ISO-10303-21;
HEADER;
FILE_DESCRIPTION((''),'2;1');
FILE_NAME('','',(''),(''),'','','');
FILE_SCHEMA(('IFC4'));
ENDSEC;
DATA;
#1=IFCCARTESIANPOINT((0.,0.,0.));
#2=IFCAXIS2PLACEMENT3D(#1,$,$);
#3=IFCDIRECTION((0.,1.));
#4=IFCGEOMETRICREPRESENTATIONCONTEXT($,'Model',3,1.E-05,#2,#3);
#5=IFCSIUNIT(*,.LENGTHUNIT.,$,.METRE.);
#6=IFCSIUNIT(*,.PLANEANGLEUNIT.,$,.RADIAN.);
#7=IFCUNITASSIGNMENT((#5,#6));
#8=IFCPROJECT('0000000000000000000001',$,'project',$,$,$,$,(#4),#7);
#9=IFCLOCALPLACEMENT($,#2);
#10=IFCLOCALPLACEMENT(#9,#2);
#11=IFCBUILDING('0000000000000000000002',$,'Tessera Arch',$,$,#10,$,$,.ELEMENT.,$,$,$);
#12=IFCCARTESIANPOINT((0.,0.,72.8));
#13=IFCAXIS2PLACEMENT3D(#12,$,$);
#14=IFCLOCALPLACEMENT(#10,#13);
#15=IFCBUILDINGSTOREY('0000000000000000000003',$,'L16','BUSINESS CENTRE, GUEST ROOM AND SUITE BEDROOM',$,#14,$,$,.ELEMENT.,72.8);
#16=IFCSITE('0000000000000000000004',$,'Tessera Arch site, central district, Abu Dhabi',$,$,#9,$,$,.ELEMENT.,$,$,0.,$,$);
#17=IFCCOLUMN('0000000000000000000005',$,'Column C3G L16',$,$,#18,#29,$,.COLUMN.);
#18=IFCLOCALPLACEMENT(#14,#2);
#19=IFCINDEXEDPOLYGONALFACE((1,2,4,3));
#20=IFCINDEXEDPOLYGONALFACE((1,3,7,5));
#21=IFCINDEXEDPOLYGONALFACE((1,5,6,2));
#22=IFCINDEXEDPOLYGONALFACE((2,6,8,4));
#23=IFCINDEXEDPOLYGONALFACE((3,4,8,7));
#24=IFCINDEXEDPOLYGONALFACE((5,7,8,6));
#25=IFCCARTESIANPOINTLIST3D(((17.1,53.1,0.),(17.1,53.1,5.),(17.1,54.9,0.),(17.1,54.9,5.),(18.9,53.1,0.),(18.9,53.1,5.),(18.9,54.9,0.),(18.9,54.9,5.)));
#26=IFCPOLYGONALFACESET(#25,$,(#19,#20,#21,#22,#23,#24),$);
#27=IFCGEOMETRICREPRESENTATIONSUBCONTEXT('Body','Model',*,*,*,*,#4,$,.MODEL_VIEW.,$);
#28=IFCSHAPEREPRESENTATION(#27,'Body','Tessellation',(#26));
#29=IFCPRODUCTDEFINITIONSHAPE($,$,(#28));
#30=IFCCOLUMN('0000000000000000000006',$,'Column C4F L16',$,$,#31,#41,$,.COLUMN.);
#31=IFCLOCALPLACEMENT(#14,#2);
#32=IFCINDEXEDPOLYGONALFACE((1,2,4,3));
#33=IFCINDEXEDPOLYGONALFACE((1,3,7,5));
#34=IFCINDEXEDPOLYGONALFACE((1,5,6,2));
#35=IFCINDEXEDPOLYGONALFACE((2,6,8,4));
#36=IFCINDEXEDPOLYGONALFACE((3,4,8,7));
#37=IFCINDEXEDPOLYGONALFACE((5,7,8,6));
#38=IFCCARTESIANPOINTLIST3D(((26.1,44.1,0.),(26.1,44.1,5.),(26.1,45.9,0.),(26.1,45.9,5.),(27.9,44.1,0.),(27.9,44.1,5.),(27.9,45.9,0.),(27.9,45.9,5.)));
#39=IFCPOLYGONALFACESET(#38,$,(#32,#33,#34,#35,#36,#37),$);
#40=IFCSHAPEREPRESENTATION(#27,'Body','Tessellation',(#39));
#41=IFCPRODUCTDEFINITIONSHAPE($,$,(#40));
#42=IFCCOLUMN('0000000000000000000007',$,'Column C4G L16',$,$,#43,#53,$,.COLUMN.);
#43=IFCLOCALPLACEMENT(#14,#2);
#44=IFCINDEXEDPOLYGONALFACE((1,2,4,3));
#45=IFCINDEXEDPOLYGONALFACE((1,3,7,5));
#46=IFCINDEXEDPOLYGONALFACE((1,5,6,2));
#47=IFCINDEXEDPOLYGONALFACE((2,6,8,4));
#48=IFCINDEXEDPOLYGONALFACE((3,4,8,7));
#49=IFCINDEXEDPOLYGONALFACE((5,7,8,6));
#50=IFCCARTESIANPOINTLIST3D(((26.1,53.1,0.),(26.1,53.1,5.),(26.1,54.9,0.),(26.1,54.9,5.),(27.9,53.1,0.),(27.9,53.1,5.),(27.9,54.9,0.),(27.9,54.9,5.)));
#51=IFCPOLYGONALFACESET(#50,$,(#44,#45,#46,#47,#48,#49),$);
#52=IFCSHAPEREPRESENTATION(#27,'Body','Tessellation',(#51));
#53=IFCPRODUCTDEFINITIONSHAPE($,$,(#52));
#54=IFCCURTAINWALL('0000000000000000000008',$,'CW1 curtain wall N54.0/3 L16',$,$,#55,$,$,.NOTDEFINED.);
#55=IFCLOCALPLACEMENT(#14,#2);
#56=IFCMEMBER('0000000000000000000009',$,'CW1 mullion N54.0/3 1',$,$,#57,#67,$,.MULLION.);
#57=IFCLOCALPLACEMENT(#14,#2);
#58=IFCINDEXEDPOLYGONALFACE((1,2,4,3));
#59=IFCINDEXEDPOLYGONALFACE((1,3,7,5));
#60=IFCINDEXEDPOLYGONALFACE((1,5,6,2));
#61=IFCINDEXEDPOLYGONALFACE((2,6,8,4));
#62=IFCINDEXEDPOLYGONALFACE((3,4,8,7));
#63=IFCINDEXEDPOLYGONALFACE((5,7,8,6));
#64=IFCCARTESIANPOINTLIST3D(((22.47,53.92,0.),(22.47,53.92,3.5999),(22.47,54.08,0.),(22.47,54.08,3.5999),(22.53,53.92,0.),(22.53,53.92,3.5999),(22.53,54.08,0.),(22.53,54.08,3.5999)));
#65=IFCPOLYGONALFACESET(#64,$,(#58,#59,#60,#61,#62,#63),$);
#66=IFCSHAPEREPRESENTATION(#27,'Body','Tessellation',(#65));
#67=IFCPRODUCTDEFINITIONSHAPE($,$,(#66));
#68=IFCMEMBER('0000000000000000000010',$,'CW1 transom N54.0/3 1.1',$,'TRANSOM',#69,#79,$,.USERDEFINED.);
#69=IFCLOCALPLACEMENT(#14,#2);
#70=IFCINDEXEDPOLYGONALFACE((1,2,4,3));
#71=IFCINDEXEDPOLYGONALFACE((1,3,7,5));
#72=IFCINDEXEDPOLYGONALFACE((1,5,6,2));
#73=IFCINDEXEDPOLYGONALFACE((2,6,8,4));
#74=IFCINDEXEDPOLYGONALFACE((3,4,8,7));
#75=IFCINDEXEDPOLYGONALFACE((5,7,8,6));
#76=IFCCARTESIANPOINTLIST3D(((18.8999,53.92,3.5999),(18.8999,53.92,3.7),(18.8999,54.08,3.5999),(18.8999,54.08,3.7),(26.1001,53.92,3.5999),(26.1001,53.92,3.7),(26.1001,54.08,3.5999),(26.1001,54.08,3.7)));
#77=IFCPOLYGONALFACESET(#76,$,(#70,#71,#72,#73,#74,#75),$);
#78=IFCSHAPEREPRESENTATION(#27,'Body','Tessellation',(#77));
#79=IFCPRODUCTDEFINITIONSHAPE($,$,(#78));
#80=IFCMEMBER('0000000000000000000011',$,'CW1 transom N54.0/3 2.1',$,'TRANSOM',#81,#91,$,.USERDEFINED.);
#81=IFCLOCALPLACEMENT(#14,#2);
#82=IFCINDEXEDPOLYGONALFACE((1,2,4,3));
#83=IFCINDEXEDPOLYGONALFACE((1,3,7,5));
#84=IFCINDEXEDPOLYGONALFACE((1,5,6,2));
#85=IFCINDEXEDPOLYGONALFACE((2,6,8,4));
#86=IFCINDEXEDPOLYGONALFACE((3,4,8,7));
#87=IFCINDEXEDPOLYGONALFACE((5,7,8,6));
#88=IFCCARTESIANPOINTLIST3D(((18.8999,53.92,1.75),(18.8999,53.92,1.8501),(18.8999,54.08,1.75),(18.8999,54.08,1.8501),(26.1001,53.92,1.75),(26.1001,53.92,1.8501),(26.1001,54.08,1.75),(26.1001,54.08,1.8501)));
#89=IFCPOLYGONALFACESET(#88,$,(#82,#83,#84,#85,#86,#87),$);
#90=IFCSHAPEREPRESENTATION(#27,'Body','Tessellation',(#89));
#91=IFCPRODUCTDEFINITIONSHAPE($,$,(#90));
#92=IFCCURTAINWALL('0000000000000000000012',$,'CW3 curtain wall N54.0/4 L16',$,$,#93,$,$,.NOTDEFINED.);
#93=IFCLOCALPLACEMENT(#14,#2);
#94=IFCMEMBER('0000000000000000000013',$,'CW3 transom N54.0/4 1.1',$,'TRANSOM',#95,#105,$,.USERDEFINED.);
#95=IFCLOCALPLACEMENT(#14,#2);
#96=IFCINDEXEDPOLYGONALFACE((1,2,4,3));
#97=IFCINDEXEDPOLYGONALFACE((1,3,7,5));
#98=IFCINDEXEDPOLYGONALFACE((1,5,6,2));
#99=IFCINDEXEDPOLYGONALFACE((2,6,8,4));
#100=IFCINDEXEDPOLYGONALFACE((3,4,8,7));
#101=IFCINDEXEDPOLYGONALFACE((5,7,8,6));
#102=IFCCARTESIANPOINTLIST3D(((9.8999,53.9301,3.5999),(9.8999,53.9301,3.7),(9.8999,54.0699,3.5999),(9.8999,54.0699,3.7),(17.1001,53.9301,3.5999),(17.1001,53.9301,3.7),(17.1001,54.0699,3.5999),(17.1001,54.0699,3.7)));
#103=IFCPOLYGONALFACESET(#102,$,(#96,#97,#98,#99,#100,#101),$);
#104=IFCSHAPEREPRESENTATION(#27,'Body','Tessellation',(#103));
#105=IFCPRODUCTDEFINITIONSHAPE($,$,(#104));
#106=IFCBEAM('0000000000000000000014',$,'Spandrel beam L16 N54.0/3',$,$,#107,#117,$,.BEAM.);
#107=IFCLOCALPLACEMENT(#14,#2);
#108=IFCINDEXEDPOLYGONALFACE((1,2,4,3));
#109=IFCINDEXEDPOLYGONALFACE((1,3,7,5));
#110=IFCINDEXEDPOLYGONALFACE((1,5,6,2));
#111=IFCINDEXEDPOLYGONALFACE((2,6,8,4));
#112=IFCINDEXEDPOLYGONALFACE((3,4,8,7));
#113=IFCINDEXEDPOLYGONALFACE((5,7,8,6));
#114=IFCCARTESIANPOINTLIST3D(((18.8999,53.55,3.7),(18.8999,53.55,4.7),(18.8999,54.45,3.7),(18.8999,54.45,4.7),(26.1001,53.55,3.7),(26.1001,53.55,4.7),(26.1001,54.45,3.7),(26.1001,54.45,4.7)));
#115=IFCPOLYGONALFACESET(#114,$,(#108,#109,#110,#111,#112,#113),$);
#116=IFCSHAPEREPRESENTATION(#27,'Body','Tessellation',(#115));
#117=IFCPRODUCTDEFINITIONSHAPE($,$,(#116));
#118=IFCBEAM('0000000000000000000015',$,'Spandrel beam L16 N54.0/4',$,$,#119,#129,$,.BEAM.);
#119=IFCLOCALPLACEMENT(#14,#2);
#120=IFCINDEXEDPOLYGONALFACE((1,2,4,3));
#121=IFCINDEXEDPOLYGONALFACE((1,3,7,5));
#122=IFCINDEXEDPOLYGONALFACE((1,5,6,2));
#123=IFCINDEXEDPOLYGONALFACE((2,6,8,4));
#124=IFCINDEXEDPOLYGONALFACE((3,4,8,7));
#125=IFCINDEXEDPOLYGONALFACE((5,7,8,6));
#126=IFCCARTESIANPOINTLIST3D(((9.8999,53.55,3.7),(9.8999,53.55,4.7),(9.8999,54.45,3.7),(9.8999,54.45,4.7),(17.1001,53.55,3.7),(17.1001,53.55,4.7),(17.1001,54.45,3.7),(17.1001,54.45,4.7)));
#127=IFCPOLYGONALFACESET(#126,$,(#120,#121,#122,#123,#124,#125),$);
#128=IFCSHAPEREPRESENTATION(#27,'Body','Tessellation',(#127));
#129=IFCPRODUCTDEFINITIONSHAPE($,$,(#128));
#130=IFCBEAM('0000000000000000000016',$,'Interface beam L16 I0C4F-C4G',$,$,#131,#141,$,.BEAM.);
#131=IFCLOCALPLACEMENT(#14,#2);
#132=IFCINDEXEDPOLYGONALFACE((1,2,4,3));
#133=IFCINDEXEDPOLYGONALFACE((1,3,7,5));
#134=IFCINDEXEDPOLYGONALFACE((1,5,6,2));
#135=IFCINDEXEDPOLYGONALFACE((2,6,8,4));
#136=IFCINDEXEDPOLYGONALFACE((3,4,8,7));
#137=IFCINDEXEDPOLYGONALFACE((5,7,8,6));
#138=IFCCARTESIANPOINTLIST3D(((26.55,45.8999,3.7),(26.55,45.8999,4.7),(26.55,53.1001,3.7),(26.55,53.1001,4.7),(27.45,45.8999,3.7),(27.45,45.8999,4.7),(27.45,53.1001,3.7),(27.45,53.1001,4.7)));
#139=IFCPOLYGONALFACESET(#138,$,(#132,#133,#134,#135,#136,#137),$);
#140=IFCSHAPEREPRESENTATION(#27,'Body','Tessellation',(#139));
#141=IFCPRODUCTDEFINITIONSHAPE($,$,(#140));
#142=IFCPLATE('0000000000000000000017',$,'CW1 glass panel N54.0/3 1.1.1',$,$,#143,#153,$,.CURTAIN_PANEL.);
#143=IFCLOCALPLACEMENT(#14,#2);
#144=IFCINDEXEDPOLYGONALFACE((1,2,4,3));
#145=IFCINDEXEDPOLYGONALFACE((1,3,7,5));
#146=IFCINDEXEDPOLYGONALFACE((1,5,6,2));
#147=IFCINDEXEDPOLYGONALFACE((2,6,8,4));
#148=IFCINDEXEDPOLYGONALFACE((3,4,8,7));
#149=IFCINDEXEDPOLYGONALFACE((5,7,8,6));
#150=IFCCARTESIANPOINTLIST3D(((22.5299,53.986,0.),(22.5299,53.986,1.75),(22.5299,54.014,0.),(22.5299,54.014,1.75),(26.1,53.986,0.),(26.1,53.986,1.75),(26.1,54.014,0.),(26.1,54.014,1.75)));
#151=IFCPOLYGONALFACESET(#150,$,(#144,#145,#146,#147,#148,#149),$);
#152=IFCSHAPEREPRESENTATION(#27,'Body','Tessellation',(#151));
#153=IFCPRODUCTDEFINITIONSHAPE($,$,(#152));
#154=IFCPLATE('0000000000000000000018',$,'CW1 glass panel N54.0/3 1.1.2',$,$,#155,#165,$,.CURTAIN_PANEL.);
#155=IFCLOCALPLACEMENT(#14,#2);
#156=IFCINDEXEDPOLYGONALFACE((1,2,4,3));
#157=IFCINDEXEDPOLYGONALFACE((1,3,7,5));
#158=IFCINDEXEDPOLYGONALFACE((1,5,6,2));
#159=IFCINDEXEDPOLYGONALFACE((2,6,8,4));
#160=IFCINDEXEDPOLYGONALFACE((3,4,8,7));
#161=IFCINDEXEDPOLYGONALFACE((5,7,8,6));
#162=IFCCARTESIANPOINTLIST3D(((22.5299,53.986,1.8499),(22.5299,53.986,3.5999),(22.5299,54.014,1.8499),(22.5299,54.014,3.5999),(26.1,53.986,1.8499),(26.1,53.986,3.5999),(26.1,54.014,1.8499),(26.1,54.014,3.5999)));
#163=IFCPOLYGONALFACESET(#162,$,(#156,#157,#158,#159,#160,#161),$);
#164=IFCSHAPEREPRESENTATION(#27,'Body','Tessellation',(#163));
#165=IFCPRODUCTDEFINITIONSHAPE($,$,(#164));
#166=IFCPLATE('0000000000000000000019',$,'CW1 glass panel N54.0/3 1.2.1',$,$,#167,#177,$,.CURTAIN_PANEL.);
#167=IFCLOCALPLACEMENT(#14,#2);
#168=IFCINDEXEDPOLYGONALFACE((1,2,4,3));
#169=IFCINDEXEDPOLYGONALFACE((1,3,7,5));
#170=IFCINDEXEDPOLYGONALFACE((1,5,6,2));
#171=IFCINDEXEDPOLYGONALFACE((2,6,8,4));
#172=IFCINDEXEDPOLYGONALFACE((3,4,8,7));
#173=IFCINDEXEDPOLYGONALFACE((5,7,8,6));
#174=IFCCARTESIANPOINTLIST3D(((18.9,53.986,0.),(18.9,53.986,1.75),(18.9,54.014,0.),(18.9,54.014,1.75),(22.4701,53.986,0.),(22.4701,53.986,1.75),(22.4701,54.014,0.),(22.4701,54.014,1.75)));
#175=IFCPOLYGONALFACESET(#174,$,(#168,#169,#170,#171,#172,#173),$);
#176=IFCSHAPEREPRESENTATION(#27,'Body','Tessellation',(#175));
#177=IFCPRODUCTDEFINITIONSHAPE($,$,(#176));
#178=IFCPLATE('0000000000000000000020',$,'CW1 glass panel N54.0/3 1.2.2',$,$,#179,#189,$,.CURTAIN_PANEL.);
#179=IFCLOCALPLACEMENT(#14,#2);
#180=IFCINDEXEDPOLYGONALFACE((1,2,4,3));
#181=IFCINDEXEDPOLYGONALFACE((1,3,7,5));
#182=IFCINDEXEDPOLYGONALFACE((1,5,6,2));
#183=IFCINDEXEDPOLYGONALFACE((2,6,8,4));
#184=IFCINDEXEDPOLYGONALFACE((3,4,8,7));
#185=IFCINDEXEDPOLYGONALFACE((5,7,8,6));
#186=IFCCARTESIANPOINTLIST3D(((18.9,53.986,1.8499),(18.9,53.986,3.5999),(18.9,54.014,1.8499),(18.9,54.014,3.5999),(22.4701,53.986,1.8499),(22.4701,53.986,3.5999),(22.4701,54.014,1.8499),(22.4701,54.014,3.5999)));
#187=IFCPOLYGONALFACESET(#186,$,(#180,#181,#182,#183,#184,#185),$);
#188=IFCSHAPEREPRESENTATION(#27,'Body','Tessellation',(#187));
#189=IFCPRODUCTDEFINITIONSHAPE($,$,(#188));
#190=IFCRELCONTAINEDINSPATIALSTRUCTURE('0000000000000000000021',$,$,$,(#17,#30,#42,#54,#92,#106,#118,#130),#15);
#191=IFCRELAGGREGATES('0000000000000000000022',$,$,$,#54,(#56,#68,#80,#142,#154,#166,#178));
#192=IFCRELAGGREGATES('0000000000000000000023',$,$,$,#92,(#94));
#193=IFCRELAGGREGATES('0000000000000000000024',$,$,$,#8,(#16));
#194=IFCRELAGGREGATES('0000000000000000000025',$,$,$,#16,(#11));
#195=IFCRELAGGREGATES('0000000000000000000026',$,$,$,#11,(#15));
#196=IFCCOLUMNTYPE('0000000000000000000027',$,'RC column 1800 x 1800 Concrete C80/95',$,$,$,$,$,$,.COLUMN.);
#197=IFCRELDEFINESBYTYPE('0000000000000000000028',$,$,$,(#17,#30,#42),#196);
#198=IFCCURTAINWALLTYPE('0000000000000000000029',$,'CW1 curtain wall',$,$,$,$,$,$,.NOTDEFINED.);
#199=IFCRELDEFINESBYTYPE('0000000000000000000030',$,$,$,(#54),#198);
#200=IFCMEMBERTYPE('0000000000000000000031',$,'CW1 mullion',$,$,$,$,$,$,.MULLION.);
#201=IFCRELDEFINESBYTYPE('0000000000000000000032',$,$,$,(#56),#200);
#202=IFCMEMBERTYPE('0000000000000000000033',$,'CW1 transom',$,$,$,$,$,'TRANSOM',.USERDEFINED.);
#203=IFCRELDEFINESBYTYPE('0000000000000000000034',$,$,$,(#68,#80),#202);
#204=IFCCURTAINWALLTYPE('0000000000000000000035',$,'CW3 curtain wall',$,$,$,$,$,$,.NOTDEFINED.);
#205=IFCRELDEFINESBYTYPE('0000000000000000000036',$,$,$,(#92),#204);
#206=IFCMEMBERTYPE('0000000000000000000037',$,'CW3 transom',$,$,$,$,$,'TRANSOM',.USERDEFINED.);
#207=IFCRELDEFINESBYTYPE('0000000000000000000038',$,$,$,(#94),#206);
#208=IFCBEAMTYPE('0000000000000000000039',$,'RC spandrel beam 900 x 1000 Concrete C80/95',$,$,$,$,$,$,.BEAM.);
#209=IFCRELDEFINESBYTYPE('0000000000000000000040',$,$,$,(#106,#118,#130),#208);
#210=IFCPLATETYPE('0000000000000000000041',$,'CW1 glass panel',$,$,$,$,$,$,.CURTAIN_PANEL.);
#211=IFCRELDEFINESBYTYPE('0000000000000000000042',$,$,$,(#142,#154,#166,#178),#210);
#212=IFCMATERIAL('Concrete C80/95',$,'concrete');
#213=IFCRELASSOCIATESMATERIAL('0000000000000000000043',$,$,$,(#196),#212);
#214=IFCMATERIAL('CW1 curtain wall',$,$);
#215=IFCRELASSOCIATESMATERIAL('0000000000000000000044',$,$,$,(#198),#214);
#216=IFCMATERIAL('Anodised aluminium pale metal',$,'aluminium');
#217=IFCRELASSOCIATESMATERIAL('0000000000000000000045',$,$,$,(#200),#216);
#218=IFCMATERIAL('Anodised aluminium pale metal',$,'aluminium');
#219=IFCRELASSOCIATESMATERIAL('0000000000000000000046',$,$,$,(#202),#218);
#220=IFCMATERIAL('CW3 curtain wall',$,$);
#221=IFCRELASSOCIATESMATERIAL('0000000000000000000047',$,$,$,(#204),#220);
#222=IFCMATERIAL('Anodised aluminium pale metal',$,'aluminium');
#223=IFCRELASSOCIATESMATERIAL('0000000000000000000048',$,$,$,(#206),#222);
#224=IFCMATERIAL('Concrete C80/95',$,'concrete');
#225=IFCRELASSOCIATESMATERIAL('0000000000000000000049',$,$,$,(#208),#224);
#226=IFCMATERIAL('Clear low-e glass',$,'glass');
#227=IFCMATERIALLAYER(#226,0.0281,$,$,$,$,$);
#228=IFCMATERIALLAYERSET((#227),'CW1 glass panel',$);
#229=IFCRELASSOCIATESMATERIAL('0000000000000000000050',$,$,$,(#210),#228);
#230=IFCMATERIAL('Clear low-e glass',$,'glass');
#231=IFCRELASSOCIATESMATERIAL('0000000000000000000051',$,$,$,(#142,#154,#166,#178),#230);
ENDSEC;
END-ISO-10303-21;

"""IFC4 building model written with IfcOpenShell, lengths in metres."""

from ifc_helpers import new_model, si_unit, direction, frame, origin, origin_2d, place, context, subcontext, project, spatial, rectangle, extrude, material, layer, layer_set, material_profile, profile_set, type_object, element, aggregate, save


model = new_model("IFC4")

# Units and contexts
model_context = context("Model", 3, precision=1e-05, world=origin(), true_north=direction((0.0, 1.0)))
body_context = subcontext(model_context, "Body", "Model", "MODEL_VIEW")
ifc_project = project(units=[si_unit("LENGTHUNIT", "METRE"), si_unit("PLANEANGLEUNIT", "RADIAN")], contexts=[model_context])

# Site, building, storey
site_placement = place(None, origin())
site = spatial("IfcSite", under=ifc_project, at=site_placement, Name="Tessera Arch site, central district, Abu Dhabi", CompositionType="ELEMENT", RefElevation=0.0)
building_placement = place(site_placement, origin())
building = spatial("IfcBuilding", under=site, at=building_placement, Name="Tessera Arch", CompositionType="ELEMENT")
storey_placement = place(building_placement, frame((0.0, 0.0, 72.8)))
storey = spatial("IfcBuildingStorey", under=building, at=storey_placement, Name="L16", Description="BUSINESS CENTRE, GUEST ROOM AND SUITE BEDROOM", CompositionType="ELEMENT", Elevation=72.8)

# Columns
ifc_material_1 = material(Name="Concrete C80/95", Category="concrete")
ifc_material_profile_1 = material_profile(ifc_material_1, rectangle(XDim=1.8, YDim=1.8, at=origin_2d()), Name="RC column 1800 x 1800 Concrete C80/95")
ifc_profile_set_1 = profile_set([ifc_material_profile_1], Name="Concrete C80/95")
column_type = type_object("IfcColumnType", Name="RC column 1800 x 1800 Concrete C80/95", PredefinedType="COLUMN", material=ifc_profile_set_1)
for number, where, z_axis, x_axis, name in (
    (1, (18.0, 54.0, 0.0), (0.0, 0.0, 1.0), (1.0, 0.0, 0.0), "Column C3G L16"),
    (2, (27.0, 45.0, 0.0), (0.0, 0.0, 1.0), (1.0, 0.0, 0.0), "Column C4F L16"),
    (3, (27.0, 54.0, 0.0), (0.0, 0.0, 1.0), (1.0, 0.0, 0.0), "Column C4G L16"),
):
    element("IfcColumn", number, at=place(storey_placement, frame(where, z_axis=z_axis, x_axis=x_axis)), inside=storey, type_object=column_type, Name=name, PredefinedType="COLUMN", context=body_context, shape_type="SweptSolid", body=[
        extrude(rectangle(XDim=1.8, YDim=1.8, at=origin_2d()), origin(), (0.0, 0.0, 1.0), 5.0),
    ])

# Curtain wall, members
ifc_material_2 = material(Name="CW1 curtain wall")
curtain_wall_type_1 = type_object("IfcCurtainWallType", Name="CW1 curtain wall", PredefinedType="NOTDEFINED", material=ifc_material_2)
curtain_wall_1_placement = place(storey_placement, origin())
curtain_wall_1 = element("IfcCurtainWall", 4, at=curtain_wall_1_placement, inside=storey, type_object=curtain_wall_type_1, Name="CW1 curtain wall N54.0/3 L16", PredefinedType="NOTDEFINED")
ifc_material_3 = material(Name="Anodised aluminium pale metal", Category="aluminium")
ifc_material_profile_2 = material_profile(ifc_material_3, rectangle(XDim=0.1599, YDim=0.0601, at=origin_2d()), Name="AL 60x160")
ifc_profile_set_2 = profile_set([ifc_material_profile_2], Name="Anodised aluminium pale metal")
member_type_1 = type_object("IfcMemberType", Name="CW1 mullion", PredefinedType="MULLION", material=ifc_profile_set_2)
member_1_placement = place(storey_placement, frame((22.5, 54.0, 0.0), z_axis=(0.0, 0.0, 1.0), x_axis=(0.0, -1.0, 0.0)))
member_1 = element("IfcMember", 5, at=member_1_placement, type_object=member_type_1, Name="CW1 mullion N54.0/3 1", PredefinedType="MULLION", context=body_context, shape_type="SweptSolid", body=[
    extrude(rectangle(XDim=0.1599, YDim=0.0601, at=origin_2d()), origin(), (0.0, 0.0, 1.0), 3.5999),
])
ifc_material_4 = material(Name="Anodised aluminium pale metal", Category="aluminium")
ifc_material_profile_3 = material_profile(ifc_material_4, rectangle(XDim=0.1599, YDim=0.1001, at=origin_2d()), Name="AL 160x100")
ifc_profile_set_3 = profile_set([ifc_material_profile_3], Name="Anodised aluminium pale metal")
member_type_2 = type_object("IfcMemberType", Name="CW1 transom", ElementType="TRANSOM", PredefinedType="USERDEFINED", material=ifc_profile_set_3)
member_2_placement = place(storey_placement, frame((26.1001, 54.0, 3.6499), z_axis=(-1.0, 0.0, 0.0), x_axis=(0.0, -1.0, 0.0)))
member_2 = element("IfcMember", 6, at=member_2_placement, type_object=member_type_2, Name="CW1 transom N54.0/3 1.1", ObjectType="TRANSOM", PredefinedType="USERDEFINED", context=body_context, shape_type="SweptSolid", body=[
    extrude(rectangle(XDim=0.1599, YDim=0.1001, at=origin_2d()), origin(), (0.0, 0.0, 1.0), 7.2002),
])
member_3_placement = place(storey_placement, frame((26.1001, 54.0, 1.8), z_axis=(-1.0, 0.0, 0.0), x_axis=(0.0, -1.0, 0.0)))
member_3 = element("IfcMember", 7, at=member_3_placement, type_object=member_type_2, Name="CW1 transom N54.0/3 2.1", ObjectType="TRANSOM", PredefinedType="USERDEFINED", context=body_context, shape_type="SweptSolid", body=[
    extrude(rectangle(XDim=0.1599, YDim=0.1001, at=origin_2d()), origin(), (0.0, 0.0, 1.0), 7.2002),
])

# Curtain wall, member
ifc_material_5 = material(Name="CW3 curtain wall")
curtain_wall_type_2 = type_object("IfcCurtainWallType", Name="CW3 curtain wall", PredefinedType="NOTDEFINED", material=ifc_material_5)
curtain_wall_2_placement = place(storey_placement, origin())
curtain_wall_2 = element("IfcCurtainWall", 8, at=curtain_wall_2_placement, inside=storey, type_object=curtain_wall_type_2, Name="CW3 curtain wall N54.0/4 L16", PredefinedType="NOTDEFINED")
ifc_material_6 = material(Name="Anodised aluminium pale metal", Category="aluminium")
ifc_material_profile_4 = material_profile(ifc_material_6, rectangle(XDim=0.1399, YDim=0.1001, at=origin_2d()), Name="AL 140x100")
ifc_profile_set_4 = profile_set([ifc_material_profile_4], Name="Anodised aluminium pale metal")
member_type_3 = type_object("IfcMemberType", Name="CW3 transom", ElementType="TRANSOM", PredefinedType="USERDEFINED", material=ifc_profile_set_4)
member_4_placement = place(storey_placement, frame((17.1001, 54.0, 3.6499), z_axis=(-1.0, 0.0, 0.0), x_axis=(0.0, -1.0, 0.0)))
member_4 = element("IfcMember", 9, at=member_4_placement, type_object=member_type_3, Name="CW3 transom N54.0/4 1.1", ObjectType="TRANSOM", PredefinedType="USERDEFINED", context=body_context, shape_type="SweptSolid", body=[
    extrude(rectangle(XDim=0.1399, YDim=0.1001, at=origin_2d()), origin(), (0.0, 0.0, 1.0), 7.2002),
])

# Beams
ifc_material_7 = material(Name="Concrete C80/95", Category="concrete")
ifc_material_profile_5 = material_profile(ifc_material_7, rectangle(XDim=0.8999, YDim=1.0, at=origin_2d()), Name="RC spandrel beam 900 x 1000 Concrete C80/95")
ifc_profile_set_5 = profile_set([ifc_material_profile_5], Name="Concrete C80/95")
beam_type = type_object("IfcBeamType", Name="RC spandrel beam 900 x 1000 Concrete C80/95", PredefinedType="BEAM", material=ifc_profile_set_5)
for number, where, z_axis, x_axis, name in (
    (10, (26.1001, 54.0, 4.2), (-1.0, 0.0, 0.0), (0.0, -1.0, 0.0), "Spandrel beam L16 N54.0/3"),
    (11, (17.1001, 54.0, 4.2), (-1.0, 0.0, 0.0), (0.0, -1.0, 0.0), "Spandrel beam L16 N54.0/4"),
    (12, (27.0, 45.8999, 4.2), (0.0, 1.0, 0.0), (-1.0, 0.0, 0.0), "Interface beam L16 I0C4F-C4G"),
):
    element("IfcBeam", number, at=place(storey_placement, frame(where, z_axis=z_axis, x_axis=x_axis)), inside=storey, type_object=beam_type, Name=name, PredefinedType="BEAM", context=body_context, shape_type="SweptSolid", body=[
        extrude(rectangle(XDim=0.8999, YDim=1.0, at=origin_2d()), origin(), (0.0, 0.0, 1.0), 7.2002),
    ])

# Plates
ifc_material_8 = material(Name="Clear low-e glass", Category="glass")
ifc_material_9 = material(Name="Clear low-e glass", Category="glass")
ifc_layer_1 = layer(ifc_material_9, 0.0281)
ifc_layer_set_1 = layer_set([ifc_layer_1], Name="CW1 glass panel")
plate_type_1 = type_object("IfcPlateType", Name="CW1 glass panel", PredefinedType="CURTAIN_PANEL", material=ifc_layer_set_1)
plate_1_placement = place(storey_placement, frame((24.3149, 54.0, 0.0), z_axis=(0.0, 0.0, 1.0), x_axis=(-1.0, 0.0, 0.0)))
plate_1 = element("IfcPlate", 13, at=plate_1_placement, type_object=plate_type_1, material=ifc_material_8, Name="CW1 glass panel N54.0/3 1.1.1", PredefinedType="CURTAIN_PANEL", context=body_context, shape_type="SweptSolid", body=[
    extrude(rectangle(XDim=3.5701, YDim=0.0281, at=origin_2d()), origin(), (0.0, 0.0, 1.0), 1.75),
])
plate_2_placement = place(storey_placement, frame((24.3149, 54.0, 1.8499), z_axis=(0.0, 0.0, 1.0), x_axis=(-1.0, 0.0, 0.0)))
plate_2 = element("IfcPlate", 14, at=plate_2_placement, type_object=plate_type_1, material=ifc_material_8, Name="CW1 glass panel N54.0/3 1.1.2", PredefinedType="CURTAIN_PANEL", context=body_context, shape_type="SweptSolid", body=[
    extrude(rectangle(XDim=3.5701, YDim=0.0281, at=origin_2d()), origin(), (0.0, 0.0, 1.0), 1.75),
])
plate_3_placement = place(storey_placement, frame((20.6851, 54.0, 0.0), z_axis=(0.0, 0.0, 1.0), x_axis=(-1.0, 0.0, 0.0)))
plate_3 = element("IfcPlate", 15, at=plate_3_placement, type_object=plate_type_1, material=ifc_material_8, Name="CW1 glass panel N54.0/3 1.2.1", PredefinedType="CURTAIN_PANEL", context=body_context, shape_type="SweptSolid", body=[
    extrude(rectangle(XDim=3.5701, YDim=0.0281, at=origin_2d()), origin(), (0.0, 0.0, 1.0), 1.75),
])
plate_4_placement = place(storey_placement, frame((20.6851, 54.0, 1.8499), z_axis=(0.0, 0.0, 1.0), x_axis=(-1.0, 0.0, 0.0)))
plate_4 = element("IfcPlate", 16, at=plate_4_placement, type_object=plate_type_1, material=ifc_material_8, Name="CW1 glass panel N54.0/3 1.2.2", PredefinedType="CURTAIN_PANEL", context=body_context, shape_type="SweptSolid", body=[
    extrude(rectangle(XDim=3.5701, YDim=0.0281, at=origin_2d()), origin(), (0.0, 0.0, 1.0), 1.75),
])
aggregate(curtain_wall_1, [member_1, member_2, member_3, plate_1, plate_2, plate_3, plate_4])

aggregate(curtain_wall_2, [member_4])

save(model, "model.ifc")
